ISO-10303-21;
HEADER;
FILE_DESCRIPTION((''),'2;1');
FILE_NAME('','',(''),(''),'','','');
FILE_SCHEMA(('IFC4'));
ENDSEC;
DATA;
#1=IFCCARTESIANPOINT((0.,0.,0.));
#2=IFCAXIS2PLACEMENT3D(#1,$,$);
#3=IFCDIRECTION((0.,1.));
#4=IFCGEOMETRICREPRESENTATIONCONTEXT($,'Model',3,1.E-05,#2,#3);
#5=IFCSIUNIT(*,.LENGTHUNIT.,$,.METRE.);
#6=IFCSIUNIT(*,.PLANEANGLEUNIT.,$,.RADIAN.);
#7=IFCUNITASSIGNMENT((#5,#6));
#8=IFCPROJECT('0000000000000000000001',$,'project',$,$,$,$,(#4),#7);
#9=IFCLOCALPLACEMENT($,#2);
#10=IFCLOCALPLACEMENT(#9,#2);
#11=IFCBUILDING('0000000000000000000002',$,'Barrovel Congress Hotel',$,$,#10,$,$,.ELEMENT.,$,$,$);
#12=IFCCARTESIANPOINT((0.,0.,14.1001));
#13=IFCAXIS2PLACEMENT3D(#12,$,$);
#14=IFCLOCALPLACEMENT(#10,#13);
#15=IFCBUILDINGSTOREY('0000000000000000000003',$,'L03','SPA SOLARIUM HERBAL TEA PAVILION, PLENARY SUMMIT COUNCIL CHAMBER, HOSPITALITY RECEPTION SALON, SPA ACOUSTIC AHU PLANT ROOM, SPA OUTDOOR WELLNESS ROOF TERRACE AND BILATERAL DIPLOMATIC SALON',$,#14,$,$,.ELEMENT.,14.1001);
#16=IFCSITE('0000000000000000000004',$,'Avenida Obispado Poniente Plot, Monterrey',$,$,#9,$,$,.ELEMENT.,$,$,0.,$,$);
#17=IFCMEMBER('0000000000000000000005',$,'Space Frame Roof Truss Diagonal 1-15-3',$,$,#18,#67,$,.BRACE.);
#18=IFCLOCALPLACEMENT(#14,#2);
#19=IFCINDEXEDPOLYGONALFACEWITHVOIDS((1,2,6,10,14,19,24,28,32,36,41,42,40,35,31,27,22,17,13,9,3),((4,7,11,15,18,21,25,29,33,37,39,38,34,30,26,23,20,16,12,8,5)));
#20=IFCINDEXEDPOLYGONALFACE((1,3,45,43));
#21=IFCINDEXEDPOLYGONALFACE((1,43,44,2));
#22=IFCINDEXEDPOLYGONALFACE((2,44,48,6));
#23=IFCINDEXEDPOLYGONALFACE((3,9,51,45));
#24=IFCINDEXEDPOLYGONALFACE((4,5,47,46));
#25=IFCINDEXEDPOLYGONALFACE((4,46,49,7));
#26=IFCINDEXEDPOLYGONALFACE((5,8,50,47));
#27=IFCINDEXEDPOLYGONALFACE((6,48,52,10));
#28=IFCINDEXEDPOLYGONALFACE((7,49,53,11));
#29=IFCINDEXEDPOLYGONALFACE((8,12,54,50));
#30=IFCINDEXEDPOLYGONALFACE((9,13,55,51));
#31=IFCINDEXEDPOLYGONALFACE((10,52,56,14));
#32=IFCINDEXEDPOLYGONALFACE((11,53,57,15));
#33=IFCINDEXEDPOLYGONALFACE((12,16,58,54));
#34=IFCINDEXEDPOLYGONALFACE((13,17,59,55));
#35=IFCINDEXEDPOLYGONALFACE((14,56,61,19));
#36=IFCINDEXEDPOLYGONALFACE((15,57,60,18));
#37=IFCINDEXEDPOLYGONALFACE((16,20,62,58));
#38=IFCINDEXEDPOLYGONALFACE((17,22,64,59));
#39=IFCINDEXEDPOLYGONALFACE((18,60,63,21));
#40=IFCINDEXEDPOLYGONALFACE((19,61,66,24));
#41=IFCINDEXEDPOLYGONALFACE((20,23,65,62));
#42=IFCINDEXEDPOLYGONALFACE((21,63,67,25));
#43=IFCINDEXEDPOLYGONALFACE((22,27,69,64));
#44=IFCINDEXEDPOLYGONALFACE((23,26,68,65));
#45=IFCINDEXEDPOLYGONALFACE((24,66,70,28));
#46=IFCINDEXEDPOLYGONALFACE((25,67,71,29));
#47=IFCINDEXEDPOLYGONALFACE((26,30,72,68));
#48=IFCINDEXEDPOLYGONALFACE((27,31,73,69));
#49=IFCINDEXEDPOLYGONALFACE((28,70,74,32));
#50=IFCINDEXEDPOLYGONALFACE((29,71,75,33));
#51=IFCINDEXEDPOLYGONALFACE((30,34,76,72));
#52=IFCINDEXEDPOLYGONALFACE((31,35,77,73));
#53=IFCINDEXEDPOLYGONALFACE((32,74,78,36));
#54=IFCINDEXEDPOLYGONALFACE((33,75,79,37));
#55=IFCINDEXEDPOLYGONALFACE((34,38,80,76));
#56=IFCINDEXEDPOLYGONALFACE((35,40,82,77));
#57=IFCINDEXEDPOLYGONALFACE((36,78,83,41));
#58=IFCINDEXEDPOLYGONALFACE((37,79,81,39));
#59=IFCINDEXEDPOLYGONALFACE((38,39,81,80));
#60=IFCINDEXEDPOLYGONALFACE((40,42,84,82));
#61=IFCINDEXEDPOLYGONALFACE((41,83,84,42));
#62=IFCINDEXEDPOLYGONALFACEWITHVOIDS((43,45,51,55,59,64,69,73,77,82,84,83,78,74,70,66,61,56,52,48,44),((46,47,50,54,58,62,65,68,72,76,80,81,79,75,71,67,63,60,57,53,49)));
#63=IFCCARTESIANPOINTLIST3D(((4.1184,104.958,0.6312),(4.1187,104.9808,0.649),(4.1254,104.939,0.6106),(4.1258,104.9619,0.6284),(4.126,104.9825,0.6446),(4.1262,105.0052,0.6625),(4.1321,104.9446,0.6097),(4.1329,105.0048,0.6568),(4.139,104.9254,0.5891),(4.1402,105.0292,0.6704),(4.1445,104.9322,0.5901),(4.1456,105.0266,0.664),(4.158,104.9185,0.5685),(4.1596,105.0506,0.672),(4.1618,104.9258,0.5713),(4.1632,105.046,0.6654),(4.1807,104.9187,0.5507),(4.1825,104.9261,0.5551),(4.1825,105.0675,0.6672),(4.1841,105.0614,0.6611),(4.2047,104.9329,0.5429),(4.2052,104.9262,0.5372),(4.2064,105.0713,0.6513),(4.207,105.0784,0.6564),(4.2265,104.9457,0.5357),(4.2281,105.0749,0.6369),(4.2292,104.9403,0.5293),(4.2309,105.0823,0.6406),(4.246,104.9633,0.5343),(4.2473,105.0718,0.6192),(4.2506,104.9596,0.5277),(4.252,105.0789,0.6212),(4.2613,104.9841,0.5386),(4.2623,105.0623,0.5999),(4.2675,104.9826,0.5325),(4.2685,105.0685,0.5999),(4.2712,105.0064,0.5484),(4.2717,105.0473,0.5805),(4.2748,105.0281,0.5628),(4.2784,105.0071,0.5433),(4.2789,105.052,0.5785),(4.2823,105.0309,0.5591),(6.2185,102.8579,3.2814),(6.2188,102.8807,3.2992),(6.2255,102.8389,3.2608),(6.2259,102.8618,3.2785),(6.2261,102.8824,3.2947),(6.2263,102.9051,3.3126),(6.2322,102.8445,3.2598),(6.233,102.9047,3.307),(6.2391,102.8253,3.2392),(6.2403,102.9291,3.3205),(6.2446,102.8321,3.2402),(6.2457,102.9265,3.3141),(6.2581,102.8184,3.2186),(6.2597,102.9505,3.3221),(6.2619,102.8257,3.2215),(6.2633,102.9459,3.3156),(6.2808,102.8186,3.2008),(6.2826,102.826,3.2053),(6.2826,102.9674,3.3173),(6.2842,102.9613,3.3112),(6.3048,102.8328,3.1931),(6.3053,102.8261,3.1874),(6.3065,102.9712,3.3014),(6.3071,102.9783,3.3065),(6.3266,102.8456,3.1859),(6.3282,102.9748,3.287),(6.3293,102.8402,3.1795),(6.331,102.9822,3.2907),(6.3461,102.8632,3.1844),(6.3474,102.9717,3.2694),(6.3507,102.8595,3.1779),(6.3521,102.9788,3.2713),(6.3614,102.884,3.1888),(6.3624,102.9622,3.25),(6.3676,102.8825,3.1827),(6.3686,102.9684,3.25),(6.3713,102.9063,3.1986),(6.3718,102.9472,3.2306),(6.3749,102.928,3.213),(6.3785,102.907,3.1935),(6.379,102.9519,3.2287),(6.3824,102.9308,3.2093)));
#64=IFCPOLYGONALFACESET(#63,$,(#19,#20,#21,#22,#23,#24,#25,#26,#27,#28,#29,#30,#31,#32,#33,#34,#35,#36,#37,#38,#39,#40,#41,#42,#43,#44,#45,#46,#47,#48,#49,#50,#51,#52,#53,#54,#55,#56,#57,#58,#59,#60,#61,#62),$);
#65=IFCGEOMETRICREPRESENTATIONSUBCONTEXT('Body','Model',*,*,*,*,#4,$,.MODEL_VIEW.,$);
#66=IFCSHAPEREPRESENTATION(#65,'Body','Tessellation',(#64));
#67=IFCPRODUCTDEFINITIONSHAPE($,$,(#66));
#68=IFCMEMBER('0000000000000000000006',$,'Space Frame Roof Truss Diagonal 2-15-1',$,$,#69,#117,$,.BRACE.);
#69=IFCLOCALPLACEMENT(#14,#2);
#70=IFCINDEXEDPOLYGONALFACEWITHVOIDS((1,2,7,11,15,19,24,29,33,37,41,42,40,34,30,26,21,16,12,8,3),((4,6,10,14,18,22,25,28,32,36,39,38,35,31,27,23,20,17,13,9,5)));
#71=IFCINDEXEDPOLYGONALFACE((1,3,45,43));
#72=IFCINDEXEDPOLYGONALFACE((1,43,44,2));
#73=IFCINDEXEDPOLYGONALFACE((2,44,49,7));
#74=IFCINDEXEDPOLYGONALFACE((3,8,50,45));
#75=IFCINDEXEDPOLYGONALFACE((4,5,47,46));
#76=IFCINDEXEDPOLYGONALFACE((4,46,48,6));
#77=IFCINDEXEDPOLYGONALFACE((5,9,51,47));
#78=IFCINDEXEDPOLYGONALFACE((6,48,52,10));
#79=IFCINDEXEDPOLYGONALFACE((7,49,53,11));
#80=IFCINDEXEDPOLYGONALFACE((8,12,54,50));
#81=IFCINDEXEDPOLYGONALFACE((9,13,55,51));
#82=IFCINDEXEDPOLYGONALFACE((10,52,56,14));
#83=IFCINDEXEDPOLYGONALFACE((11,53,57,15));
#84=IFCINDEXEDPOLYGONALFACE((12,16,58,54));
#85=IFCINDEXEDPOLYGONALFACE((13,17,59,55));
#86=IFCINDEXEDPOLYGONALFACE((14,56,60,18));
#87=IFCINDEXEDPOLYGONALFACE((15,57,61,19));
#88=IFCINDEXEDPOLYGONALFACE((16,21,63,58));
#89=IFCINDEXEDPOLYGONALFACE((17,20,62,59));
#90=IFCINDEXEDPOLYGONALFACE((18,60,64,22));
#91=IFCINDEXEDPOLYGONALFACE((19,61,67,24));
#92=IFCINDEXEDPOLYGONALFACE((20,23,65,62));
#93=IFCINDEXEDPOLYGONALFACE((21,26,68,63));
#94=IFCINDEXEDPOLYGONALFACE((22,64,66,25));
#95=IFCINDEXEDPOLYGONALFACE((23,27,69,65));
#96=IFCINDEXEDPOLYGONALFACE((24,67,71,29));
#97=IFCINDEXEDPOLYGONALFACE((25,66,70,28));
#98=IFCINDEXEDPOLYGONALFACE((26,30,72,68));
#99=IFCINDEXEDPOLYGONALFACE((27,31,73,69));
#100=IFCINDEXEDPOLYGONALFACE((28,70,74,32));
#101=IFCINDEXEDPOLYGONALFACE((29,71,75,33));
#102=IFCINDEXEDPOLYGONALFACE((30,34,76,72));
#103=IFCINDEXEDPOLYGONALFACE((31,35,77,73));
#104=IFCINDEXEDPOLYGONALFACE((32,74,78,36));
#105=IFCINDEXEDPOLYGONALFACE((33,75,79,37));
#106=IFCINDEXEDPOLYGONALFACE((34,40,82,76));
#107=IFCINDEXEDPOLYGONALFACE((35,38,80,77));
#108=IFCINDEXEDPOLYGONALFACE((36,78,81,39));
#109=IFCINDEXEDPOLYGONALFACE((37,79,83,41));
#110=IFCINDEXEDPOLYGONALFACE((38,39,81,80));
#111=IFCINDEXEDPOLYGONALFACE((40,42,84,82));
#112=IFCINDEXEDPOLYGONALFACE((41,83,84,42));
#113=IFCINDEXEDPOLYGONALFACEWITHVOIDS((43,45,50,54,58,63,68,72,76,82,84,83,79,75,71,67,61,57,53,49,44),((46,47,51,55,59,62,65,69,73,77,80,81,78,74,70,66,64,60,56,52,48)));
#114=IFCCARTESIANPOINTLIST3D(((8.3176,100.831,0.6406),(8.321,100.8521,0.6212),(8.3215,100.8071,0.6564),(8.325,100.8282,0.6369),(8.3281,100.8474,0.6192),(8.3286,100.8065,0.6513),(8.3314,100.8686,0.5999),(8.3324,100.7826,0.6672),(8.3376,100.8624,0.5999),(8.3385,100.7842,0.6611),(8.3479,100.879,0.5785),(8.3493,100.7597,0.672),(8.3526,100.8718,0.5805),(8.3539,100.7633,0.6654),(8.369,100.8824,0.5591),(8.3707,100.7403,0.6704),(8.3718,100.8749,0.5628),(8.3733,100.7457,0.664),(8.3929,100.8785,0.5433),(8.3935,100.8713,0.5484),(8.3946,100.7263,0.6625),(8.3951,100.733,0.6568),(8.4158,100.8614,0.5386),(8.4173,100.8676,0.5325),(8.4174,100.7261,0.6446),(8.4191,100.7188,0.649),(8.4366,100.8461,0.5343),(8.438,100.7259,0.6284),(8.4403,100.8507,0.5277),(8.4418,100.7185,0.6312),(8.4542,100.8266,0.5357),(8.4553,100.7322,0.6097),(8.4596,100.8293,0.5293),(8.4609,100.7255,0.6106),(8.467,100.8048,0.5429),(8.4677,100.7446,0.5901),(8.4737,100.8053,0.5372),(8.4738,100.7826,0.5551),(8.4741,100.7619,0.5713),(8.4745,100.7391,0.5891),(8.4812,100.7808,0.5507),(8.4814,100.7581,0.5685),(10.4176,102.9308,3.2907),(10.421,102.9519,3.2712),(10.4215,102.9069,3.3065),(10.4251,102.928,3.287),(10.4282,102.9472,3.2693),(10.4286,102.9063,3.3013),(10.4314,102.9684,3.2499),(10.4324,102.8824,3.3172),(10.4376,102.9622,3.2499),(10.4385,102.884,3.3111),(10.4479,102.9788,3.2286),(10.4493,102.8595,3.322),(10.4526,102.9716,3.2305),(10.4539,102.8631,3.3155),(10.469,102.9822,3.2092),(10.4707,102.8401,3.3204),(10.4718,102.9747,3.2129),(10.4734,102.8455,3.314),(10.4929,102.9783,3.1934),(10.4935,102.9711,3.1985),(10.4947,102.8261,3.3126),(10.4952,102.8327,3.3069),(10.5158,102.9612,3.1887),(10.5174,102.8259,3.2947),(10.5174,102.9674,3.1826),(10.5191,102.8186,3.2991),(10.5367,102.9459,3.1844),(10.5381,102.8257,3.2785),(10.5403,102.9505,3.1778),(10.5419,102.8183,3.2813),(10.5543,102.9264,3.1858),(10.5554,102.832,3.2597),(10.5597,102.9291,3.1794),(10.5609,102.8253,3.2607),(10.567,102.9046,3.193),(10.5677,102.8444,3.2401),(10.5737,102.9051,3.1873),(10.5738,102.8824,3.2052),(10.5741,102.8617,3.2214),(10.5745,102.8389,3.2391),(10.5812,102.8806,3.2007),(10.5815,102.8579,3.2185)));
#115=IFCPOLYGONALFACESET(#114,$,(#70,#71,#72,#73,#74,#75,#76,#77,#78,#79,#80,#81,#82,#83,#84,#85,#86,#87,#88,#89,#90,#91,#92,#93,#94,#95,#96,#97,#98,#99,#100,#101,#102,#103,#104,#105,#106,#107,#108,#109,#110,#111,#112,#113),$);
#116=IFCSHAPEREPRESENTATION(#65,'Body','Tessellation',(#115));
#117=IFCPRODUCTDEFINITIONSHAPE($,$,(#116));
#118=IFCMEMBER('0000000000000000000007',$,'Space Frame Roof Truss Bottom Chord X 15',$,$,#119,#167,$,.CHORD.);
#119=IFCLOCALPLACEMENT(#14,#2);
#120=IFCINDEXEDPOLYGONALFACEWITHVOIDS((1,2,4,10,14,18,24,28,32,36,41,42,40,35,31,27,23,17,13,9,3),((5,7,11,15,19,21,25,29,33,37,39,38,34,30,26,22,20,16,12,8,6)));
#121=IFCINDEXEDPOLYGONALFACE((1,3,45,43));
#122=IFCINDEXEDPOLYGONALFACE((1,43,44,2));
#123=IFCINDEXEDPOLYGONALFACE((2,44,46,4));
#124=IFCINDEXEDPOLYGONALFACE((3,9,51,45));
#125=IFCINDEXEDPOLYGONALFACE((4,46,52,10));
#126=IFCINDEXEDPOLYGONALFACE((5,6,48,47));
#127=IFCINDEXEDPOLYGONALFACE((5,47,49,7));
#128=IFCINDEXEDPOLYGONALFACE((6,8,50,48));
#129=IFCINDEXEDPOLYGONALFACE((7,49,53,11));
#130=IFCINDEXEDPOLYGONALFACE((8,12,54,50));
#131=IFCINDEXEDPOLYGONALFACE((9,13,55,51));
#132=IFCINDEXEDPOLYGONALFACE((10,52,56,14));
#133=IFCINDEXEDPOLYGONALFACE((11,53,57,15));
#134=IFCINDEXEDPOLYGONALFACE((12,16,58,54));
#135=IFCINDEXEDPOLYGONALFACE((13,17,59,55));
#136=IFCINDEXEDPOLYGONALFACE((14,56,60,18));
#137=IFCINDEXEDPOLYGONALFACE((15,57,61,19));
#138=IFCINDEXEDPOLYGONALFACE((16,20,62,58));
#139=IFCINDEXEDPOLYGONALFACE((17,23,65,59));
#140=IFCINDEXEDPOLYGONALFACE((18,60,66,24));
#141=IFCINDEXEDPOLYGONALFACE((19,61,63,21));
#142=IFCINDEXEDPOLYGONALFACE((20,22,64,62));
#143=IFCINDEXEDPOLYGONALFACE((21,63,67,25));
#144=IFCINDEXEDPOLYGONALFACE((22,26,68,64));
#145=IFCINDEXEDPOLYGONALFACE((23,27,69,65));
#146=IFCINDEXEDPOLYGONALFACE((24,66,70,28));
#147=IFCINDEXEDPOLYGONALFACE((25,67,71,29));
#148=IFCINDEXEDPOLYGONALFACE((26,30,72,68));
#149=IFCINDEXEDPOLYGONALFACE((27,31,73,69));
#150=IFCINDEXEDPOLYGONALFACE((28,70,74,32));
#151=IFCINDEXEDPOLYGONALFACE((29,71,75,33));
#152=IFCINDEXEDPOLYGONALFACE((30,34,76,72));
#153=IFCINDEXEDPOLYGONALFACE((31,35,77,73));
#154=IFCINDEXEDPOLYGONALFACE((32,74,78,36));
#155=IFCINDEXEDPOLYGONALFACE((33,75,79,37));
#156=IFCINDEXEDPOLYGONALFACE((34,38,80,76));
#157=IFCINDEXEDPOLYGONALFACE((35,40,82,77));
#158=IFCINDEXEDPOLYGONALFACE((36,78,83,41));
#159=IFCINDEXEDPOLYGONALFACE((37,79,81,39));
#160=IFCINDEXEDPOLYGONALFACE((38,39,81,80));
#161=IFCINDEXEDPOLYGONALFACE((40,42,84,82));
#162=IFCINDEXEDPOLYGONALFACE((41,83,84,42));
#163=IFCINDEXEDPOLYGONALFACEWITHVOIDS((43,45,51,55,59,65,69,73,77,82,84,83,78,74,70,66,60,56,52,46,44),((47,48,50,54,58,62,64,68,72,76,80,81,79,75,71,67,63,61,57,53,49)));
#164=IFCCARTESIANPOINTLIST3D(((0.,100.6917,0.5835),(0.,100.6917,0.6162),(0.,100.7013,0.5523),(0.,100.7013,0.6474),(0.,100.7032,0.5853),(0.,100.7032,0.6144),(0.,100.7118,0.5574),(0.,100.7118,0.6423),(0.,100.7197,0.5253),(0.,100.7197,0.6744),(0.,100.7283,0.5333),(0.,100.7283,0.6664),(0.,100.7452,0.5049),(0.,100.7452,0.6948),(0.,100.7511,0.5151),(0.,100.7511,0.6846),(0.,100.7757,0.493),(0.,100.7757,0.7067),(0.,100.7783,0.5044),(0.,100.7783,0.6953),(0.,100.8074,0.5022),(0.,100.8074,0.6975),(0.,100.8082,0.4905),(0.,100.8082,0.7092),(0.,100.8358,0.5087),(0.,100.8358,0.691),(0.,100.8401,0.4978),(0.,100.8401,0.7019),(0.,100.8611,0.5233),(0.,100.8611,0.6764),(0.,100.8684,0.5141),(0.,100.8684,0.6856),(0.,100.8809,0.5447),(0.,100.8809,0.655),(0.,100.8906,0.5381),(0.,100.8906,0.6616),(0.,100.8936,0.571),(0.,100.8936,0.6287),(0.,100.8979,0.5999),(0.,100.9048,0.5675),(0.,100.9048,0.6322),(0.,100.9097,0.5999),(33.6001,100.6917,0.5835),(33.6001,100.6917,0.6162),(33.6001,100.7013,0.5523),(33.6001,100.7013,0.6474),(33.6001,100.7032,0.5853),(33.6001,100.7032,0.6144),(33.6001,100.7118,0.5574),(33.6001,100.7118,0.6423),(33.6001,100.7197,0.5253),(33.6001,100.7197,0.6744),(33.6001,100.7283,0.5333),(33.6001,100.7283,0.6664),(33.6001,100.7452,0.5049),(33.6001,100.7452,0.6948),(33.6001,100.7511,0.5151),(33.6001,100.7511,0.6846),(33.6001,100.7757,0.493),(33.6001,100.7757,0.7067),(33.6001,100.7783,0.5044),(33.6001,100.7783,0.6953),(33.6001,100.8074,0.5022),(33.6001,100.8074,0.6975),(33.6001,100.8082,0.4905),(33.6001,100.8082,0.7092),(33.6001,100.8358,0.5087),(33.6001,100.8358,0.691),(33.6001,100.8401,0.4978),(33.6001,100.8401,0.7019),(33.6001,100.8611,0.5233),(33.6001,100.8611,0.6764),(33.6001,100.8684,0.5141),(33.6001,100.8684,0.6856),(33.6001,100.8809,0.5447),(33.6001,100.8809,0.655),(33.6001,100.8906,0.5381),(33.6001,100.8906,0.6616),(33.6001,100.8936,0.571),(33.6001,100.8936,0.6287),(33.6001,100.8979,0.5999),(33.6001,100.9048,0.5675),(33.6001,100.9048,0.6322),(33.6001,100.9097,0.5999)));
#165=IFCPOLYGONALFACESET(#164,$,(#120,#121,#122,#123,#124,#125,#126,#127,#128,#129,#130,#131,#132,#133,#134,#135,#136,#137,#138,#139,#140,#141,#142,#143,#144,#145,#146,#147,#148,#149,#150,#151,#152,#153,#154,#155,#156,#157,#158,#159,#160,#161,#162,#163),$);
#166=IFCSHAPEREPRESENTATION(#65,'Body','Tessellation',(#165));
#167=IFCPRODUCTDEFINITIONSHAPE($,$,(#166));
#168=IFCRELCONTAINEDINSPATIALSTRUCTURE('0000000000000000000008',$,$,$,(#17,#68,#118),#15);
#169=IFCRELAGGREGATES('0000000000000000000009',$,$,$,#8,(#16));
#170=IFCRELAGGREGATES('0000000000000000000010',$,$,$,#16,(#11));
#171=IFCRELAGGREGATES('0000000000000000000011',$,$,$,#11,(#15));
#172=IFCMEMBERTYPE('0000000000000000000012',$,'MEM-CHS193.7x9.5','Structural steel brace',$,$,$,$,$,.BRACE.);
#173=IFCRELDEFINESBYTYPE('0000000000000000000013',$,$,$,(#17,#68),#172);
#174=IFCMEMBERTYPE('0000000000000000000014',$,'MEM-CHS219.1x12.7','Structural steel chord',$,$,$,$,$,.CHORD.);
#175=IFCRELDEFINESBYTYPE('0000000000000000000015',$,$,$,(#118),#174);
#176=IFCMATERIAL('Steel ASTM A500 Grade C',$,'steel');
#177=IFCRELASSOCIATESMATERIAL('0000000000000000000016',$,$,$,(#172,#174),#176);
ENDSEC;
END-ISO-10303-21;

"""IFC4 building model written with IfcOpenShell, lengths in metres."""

from ifc_helpers import new_model, si_unit, direction, frame, origin, origin_2d, place, context, subcontext, project, spatial, hollow_circle, extrude, material, material_profile, profile_set, type_object, element, save


model = new_model("IFC4")

# Units and contexts
model_context = context("Model", 3, precision=1e-05, world=origin(), true_north=direction((0.0, 1.0)))
body_context = subcontext(model_context, "Body", "Model", "MODEL_VIEW")
ifc_project = project(units=[si_unit("LENGTHUNIT", "METRE"), si_unit("PLANEANGLEUNIT", "RADIAN")], contexts=[model_context])

# Site, building, storey
site_placement = place(None, origin())
site = spatial("IfcSite", under=ifc_project, at=site_placement, Name="Avenida Obispado Poniente Plot, Monterrey", CompositionType="ELEMENT", RefElevation=0.0)
building_placement = place(site_placement, origin())
building = spatial("IfcBuilding", under=site, at=building_placement, Name="Barrovel Congress Hotel", CompositionType="ELEMENT")
storey_placement = place(building_placement, frame((0.0, 0.0, 14.1001)))
storey = spatial("IfcBuildingStorey", under=building, at=storey_placement, Name="L03", Description="SPA SOLARIUM HERBAL TEA PAVILION, PLENARY SUMMIT COUNCIL CHAMBER, HOSPITALITY RECEPTION SALON, SPA ACOUSTIC AHU PLANT ROOM, SPA OUTDOOR WELLNESS ROOF TERRACE AND BILATERAL DIPLOMATIC SALON", CompositionType="ELEMENT", Elevation=14.1001)

# Members
ifc_material_1 = material(Name="Steel ASTM A500 Grade C", Category="steel")
ifc_material_profile_1 = material_profile(ifc_material_1, hollow_circle(Radius=0.0969, WallThickness=0.0088, at=origin_2d()), Name="CHS193.7x9.5")
ifc_profile_set_1 = profile_set([ifc_material_profile_1], Name="Steel ASTM A500 Grade C")
member_type_1 = type_object("IfcMemberType", Name="MEM-CHS193.7x9.5", Description="Structural steel brace", PredefinedType="BRACE", material=ifc_profile_set_1)
member_1_placement = place(storey_placement, frame((4.2, 105.0, 0.5999), z_axis=(0.527601, -0.527601, 0.665788), x_axis=(0.707107, 0.707107, 0.0)))
element("IfcMember", 1, at=member_1_placement, inside=storey, type_object=member_type_1, Name="Space Frame Roof Truss Diagonal 1-15-3", PredefinedType="BRACE", context=body_context, shape_type="SweptSolid", body=[
    extrude(hollow_circle(Radius=0.0969, WallThickness=0.0088, at=origin_2d()), origin(), (0.0, 0.0, 1.0), 3.9805),
])
member_2_placement = place(storey_placement, frame((8.3999, 100.8, 0.5999), z_axis=(0.527618, 0.527557, 0.66581), x_axis=(-0.707066, 0.707148, 0.0)))
element("IfcMember", 2, at=member_2_placement, inside=storey, type_object=member_type_1, Name="Space Frame Roof Truss Diagonal 2-15-1", PredefinedType="BRACE", context=body_context, shape_type="SweptSolid", body=[
    extrude(hollow_circle(Radius=0.0969, WallThickness=0.0088, at=origin_2d()), origin(), (0.0, 0.0, 1.0), 3.9802),
])
ifc_material_profile_2 = material_profile(ifc_material_1, hollow_circle(Radius=0.1096, WallThickness=0.0117, at=origin_2d()), Name="CHS219.1x12.7")
ifc_profile_set_2 = profile_set([ifc_material_profile_2], Name="Steel ASTM A500 Grade C")
member_type_2 = type_object("IfcMemberType", Name="MEM-CHS219.1x12.7", Description="Structural steel chord", PredefinedType="CHORD", material=ifc_profile_set_2)
member_3_placement = place(storey_placement, frame((0.0, 100.8, 0.5999), z_axis=(1.0, 0.0, 0.0), x_axis=(0.0, 1.0, 0.0)))
element("IfcMember", 3, at=member_3_placement, inside=storey, type_object=member_type_2, Name="Space Frame Roof Truss Bottom Chord X 15", PredefinedType="CHORD", context=body_context, shape_type="SweptSolid", body=[
    extrude(hollow_circle(Radius=0.1096, WallThickness=0.0117, at=origin_2d()), origin(), (0.0, 0.0, 1.0), 33.6001),
])

save(model, "model.ifc")
